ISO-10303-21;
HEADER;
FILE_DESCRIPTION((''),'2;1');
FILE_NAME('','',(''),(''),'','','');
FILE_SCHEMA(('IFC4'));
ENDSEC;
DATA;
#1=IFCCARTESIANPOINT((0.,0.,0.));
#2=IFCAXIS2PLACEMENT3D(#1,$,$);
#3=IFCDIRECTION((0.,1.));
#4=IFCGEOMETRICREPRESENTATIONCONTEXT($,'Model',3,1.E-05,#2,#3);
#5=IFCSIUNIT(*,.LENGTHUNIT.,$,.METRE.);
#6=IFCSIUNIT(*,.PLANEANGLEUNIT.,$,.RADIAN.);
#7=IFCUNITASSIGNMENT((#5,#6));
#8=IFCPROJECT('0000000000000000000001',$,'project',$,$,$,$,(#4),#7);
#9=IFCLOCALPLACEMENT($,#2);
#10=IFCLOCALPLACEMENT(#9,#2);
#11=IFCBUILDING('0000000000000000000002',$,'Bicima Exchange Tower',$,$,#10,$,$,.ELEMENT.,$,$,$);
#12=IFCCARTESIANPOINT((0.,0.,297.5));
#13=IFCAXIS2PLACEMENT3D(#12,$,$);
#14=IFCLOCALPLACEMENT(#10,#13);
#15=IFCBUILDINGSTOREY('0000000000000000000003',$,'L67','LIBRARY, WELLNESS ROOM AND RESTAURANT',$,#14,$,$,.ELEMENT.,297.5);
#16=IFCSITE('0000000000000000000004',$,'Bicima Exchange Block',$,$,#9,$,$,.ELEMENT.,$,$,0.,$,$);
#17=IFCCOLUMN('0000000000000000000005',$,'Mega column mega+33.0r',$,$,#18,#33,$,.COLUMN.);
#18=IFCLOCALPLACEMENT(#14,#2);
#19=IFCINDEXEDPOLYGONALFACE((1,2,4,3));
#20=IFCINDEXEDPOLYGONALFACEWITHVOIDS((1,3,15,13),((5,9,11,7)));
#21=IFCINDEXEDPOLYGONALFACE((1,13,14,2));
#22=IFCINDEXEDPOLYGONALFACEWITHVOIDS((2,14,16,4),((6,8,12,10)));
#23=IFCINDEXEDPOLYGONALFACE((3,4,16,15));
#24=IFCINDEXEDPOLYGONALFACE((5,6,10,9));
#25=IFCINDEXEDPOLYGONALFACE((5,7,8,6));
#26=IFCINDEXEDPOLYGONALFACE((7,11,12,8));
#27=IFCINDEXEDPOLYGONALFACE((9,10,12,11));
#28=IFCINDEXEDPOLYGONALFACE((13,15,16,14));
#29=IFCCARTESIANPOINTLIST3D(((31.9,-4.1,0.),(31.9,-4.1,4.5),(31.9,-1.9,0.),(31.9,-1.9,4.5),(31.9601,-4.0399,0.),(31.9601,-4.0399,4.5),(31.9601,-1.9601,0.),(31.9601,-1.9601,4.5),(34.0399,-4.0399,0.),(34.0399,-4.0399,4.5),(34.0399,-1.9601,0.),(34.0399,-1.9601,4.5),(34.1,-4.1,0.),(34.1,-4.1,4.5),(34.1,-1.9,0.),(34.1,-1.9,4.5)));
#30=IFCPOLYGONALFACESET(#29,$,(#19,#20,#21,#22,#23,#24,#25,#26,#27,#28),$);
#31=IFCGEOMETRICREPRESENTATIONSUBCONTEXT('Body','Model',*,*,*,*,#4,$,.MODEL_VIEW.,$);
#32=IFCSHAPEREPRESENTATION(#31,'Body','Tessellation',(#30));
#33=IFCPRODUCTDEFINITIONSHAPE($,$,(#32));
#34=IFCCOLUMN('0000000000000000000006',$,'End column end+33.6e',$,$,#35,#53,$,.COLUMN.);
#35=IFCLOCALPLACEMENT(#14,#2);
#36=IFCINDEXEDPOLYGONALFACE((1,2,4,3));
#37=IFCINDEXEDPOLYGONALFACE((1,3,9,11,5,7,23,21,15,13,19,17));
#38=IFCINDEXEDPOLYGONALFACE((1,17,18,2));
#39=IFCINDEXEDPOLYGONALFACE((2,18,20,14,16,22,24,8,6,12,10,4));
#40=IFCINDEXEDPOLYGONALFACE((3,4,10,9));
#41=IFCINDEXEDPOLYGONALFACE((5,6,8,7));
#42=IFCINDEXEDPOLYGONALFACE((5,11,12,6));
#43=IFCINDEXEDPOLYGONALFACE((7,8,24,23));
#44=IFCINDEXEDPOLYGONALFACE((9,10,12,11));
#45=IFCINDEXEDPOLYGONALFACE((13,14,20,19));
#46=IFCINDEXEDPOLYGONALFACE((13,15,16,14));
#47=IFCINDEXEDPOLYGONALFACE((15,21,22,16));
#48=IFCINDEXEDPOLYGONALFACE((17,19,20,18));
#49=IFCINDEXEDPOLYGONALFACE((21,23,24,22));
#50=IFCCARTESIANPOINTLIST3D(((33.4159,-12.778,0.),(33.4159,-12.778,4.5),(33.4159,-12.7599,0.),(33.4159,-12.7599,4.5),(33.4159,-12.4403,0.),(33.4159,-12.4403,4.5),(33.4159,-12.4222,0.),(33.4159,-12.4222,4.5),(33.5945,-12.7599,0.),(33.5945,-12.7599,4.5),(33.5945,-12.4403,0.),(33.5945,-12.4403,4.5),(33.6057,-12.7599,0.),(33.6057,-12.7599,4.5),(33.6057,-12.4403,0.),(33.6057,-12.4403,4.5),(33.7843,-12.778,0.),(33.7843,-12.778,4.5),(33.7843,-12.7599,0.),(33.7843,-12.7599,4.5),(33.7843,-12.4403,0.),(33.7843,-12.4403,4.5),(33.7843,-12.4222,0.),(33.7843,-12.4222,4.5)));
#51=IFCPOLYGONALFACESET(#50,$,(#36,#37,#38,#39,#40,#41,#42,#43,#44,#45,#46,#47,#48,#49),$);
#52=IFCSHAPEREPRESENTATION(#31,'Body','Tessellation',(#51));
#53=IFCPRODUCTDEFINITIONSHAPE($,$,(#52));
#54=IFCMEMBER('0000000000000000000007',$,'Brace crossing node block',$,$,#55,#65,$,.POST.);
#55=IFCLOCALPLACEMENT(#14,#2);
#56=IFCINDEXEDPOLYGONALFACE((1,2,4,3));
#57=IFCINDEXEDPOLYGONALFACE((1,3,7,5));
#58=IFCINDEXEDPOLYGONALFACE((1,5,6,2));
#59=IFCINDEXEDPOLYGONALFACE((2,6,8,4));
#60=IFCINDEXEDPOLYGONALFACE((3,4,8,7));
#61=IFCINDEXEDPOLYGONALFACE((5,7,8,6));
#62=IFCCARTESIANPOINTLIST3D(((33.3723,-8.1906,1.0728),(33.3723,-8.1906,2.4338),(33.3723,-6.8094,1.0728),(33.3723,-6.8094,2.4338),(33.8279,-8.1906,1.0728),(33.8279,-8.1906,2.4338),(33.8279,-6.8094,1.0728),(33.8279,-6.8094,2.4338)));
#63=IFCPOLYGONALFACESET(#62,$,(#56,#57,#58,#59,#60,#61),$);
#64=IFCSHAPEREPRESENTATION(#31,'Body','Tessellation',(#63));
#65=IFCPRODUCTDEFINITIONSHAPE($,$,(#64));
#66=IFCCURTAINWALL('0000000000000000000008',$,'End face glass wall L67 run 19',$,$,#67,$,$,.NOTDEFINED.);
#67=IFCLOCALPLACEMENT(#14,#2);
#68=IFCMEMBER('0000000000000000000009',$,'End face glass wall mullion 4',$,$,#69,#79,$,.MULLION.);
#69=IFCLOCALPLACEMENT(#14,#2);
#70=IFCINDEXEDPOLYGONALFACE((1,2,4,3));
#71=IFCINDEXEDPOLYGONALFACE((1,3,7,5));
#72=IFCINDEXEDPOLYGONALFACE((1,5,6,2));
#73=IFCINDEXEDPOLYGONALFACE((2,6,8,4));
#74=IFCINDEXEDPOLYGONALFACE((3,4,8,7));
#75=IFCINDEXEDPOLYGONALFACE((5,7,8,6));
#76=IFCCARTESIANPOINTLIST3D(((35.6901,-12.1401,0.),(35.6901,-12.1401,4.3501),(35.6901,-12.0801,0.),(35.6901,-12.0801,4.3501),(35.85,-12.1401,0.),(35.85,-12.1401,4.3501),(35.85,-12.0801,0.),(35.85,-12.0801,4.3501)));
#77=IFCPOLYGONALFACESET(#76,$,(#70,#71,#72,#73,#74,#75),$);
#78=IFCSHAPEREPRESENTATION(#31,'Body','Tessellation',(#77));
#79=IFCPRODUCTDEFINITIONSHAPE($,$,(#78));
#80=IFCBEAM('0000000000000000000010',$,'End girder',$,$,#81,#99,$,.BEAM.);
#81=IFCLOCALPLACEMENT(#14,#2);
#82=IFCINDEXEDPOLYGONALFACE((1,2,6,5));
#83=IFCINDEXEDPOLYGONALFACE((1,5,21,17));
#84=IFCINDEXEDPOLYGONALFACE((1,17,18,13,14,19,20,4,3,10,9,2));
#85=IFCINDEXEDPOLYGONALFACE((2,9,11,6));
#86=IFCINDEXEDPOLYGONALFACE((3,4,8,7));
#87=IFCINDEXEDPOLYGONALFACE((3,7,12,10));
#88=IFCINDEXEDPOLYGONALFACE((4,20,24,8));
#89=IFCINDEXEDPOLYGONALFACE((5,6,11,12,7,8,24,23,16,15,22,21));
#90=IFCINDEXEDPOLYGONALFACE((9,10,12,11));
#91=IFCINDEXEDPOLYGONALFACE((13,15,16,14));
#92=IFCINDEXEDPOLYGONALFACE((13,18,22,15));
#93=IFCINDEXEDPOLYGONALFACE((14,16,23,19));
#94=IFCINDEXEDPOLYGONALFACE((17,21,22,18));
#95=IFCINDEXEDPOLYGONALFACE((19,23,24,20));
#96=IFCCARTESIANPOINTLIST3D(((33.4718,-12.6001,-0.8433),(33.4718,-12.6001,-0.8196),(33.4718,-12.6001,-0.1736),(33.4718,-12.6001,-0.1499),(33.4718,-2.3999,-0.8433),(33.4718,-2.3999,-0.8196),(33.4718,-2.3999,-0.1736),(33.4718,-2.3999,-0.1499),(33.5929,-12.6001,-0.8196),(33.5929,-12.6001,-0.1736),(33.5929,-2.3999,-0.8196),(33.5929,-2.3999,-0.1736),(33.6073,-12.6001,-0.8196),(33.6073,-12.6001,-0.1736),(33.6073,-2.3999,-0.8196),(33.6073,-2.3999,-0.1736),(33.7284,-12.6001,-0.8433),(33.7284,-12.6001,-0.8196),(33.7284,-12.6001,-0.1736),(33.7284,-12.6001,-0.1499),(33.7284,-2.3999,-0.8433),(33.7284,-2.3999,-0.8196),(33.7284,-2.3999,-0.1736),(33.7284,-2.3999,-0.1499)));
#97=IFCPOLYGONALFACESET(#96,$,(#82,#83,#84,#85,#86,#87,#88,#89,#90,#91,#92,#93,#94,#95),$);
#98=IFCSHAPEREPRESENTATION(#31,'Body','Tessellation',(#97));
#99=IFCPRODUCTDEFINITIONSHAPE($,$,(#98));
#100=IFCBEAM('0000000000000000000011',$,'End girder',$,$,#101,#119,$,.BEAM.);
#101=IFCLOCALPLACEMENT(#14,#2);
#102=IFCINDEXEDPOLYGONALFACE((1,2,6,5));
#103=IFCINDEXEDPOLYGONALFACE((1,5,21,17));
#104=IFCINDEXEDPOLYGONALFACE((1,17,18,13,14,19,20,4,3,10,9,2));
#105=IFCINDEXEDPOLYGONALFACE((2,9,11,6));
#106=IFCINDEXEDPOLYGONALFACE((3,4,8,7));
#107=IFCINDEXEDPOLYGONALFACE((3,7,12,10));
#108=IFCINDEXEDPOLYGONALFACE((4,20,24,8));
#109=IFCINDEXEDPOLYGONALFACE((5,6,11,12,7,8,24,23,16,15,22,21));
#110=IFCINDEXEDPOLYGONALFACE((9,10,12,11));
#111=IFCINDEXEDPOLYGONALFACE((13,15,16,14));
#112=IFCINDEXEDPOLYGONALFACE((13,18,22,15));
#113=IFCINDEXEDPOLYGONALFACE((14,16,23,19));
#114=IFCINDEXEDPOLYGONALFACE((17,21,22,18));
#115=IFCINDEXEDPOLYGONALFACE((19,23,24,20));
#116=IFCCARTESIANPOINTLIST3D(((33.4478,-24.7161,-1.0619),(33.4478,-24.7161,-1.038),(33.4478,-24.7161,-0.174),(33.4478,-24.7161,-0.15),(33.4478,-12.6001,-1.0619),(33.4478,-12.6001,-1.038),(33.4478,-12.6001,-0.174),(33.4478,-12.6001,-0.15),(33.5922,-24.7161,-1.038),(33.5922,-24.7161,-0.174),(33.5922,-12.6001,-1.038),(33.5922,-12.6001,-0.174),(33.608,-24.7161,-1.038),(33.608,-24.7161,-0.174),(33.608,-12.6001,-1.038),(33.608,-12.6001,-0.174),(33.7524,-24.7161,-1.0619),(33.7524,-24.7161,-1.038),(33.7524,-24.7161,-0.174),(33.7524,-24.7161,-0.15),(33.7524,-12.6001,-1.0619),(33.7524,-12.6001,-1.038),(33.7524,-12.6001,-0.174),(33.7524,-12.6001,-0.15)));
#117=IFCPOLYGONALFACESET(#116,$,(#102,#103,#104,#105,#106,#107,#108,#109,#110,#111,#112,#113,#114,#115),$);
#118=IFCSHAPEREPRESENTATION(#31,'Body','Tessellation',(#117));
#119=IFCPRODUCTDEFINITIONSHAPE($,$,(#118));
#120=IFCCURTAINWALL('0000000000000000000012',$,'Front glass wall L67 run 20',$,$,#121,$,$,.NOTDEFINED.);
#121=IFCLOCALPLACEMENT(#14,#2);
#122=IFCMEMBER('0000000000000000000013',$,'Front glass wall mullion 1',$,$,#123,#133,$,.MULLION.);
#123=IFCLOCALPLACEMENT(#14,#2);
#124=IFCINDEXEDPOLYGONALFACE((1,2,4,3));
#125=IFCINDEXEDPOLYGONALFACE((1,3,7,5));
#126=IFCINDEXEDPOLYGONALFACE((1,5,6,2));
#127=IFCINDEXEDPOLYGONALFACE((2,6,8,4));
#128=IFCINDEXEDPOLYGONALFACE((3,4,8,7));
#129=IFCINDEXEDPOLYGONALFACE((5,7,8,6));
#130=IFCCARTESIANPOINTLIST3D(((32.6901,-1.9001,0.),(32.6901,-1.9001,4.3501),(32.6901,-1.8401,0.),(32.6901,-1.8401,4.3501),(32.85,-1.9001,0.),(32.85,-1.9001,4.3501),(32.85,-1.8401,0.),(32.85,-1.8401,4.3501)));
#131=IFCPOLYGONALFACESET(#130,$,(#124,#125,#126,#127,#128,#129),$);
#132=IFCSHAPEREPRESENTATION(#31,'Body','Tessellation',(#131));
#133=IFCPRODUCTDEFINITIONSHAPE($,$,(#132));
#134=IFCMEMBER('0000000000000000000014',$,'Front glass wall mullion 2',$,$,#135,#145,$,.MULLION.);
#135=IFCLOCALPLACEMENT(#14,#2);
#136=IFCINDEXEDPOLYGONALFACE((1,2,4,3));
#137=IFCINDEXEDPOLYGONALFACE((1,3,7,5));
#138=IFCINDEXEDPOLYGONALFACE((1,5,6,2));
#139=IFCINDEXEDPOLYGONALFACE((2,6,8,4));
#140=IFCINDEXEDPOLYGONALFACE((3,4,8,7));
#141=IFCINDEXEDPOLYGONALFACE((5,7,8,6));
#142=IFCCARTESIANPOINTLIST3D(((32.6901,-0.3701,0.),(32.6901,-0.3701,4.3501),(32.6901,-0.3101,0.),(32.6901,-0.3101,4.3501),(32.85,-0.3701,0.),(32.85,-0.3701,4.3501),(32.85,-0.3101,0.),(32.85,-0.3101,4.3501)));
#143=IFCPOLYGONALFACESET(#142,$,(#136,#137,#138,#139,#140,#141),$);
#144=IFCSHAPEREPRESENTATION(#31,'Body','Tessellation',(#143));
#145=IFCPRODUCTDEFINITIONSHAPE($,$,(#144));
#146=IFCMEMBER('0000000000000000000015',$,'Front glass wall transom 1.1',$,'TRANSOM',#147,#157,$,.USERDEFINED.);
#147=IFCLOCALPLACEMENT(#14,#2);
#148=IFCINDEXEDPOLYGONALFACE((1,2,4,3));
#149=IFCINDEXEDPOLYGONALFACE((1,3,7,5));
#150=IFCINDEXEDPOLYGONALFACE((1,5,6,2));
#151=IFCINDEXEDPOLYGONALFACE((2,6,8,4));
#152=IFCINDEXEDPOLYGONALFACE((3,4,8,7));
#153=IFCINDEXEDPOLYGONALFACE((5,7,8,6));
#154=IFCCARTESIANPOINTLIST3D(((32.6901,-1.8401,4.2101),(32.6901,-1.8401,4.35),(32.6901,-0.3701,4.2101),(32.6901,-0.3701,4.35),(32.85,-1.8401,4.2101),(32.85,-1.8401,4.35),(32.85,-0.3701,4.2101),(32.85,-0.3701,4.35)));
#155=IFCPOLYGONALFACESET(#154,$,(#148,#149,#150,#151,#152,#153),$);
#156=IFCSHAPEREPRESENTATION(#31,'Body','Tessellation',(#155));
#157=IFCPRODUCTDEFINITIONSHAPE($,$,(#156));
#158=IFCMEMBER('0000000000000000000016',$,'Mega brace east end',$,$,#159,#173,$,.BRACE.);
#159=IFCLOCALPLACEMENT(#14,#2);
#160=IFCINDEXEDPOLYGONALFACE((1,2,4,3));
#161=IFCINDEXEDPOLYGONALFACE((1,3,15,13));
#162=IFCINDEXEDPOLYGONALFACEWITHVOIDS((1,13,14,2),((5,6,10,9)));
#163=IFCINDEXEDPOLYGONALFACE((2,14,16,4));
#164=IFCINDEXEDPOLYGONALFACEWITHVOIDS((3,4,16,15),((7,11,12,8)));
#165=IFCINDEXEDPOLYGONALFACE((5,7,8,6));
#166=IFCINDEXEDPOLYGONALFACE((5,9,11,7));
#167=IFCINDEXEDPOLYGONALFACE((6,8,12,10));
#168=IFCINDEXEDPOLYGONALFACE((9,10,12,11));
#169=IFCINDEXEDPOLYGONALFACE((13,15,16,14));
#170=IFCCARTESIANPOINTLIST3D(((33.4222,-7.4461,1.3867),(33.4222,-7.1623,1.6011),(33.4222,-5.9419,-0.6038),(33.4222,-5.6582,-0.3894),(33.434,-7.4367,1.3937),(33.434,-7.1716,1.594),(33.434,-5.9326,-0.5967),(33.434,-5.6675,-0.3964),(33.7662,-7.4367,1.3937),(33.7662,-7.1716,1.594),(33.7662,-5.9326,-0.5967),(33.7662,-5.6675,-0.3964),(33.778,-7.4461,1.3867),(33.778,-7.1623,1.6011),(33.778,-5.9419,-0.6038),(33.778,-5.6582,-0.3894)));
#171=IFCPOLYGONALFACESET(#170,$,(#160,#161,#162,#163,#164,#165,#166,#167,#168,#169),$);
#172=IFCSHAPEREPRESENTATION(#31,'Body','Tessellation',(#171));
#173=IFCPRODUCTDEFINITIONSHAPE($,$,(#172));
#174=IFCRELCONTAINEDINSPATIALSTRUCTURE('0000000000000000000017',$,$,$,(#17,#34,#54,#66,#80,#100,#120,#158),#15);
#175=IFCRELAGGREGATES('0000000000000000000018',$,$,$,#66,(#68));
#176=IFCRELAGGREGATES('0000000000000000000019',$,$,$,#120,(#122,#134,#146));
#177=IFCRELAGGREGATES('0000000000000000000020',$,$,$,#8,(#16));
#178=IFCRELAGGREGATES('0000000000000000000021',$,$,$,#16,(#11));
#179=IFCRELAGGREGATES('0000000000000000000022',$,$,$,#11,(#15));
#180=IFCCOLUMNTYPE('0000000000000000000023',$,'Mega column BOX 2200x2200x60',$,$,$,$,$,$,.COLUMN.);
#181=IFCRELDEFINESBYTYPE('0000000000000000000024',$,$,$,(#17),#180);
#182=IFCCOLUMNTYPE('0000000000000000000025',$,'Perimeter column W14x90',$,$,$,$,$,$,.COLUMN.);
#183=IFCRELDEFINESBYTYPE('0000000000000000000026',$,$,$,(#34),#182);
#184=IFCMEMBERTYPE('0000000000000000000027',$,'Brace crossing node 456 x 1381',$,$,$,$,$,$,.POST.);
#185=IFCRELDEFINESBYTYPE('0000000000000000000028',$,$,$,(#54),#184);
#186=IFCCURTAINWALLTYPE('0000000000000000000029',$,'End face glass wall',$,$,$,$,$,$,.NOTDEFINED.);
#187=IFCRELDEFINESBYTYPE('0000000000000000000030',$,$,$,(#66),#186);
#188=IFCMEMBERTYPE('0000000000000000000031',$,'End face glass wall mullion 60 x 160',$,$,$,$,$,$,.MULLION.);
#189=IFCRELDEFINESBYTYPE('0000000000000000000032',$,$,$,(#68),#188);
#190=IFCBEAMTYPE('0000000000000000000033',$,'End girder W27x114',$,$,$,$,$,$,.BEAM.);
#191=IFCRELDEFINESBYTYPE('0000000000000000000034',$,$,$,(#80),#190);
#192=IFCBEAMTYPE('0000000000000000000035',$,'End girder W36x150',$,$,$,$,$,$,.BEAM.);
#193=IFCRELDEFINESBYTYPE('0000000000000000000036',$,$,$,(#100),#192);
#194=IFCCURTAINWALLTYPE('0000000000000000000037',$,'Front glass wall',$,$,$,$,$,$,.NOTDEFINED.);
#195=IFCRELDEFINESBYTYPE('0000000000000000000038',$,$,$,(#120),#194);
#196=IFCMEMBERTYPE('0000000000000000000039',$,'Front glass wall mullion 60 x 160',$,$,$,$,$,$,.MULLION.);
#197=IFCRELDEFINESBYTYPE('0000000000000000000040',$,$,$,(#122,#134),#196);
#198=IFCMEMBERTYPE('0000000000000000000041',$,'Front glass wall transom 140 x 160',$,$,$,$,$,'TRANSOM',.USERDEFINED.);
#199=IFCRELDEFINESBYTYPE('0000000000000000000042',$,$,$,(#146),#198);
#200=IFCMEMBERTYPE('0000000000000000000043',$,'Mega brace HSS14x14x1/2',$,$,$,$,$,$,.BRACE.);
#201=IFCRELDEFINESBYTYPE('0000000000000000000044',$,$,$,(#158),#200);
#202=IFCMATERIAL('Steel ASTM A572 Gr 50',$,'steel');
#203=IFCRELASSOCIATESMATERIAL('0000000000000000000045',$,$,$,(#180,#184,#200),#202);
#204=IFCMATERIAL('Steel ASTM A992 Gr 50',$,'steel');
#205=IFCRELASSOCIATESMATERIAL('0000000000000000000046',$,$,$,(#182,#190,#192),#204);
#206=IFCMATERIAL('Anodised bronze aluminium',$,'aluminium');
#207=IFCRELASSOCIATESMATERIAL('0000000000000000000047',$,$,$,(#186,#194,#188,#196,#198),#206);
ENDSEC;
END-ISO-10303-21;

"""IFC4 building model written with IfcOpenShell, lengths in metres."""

from ifc_helpers import new_model, si_unit, direction, frame, origin, origin_2d, place, context, subcontext, project, spatial, rectangle, hollow_rectangle, i_section, extrude, material, material_profile, profile_set, type_object, element, aggregate, save


model = new_model("IFC4")

# Units and contexts
model_context = context("Model", 3, precision=1e-05, world=origin(), true_north=direction((0.0, 1.0)))
body_context = subcontext(model_context, "Body", "Model", "MODEL_VIEW")
ifc_project = project(units=[si_unit("LENGTHUNIT", "METRE"), si_unit("PLANEANGLEUNIT", "RADIAN")], contexts=[model_context])

# Site, building, storey
site_placement = place(None, origin())
site = spatial("IfcSite", under=ifc_project, at=site_placement, Name="Bicima Exchange Block", CompositionType="ELEMENT", RefElevation=0.0)
building_placement = place(site_placement, origin())
building = spatial("IfcBuilding", under=site, at=building_placement, Name="Bicima Exchange Tower", CompositionType="ELEMENT")
storey_placement = place(building_placement, frame((0.0, 0.0, 297.5)))
storey = spatial("IfcBuildingStorey", under=building, at=storey_placement, Name="L67", Description="LIBRARY, WELLNESS ROOM AND RESTAURANT", CompositionType="ELEMENT", Elevation=297.5)

# Columns
ifc_material_1 = material(Name="Steel ASTM A572 Gr 50", Category="steel")
ifc_material_profile_1 = material_profile(ifc_material_1, hollow_rectangle(XDim=2.2, YDim=2.2, WallThickness=0.0601, at=origin_2d()))
ifc_profile_set_1 = profile_set([ifc_material_profile_1], Name="Steel ASTM A572 Gr 50")
column_type_1 = type_object("IfcColumnType", Name="Mega column BOX 2200x2200x60", PredefinedType="COLUMN", material=ifc_profile_set_1)
column_1_placement = place(storey_placement, frame((33.0, -3.0, 0.0), z_axis=(0.0, 0.0, 1.0), x_axis=(1.0, 0.0, 0.0)))
element("IfcColumn", 1, at=column_1_placement, inside=storey, type_object=column_type_1, Name="Mega column mega+33.0r", PredefinedType="COLUMN", context=body_context, shape_type="SweptSolid", body=[
    extrude(hollow_rectangle(XDim=2.2, YDim=2.2, WallThickness=0.0601, at=origin_2d()), origin(), (0.0, 0.0, 1.0), 4.5),
])
ifc_material_2 = material(Name="Steel ASTM A992 Gr 50", Category="steel")
ifc_material_profile_2 = material_profile(ifc_material_2, i_section(OverallWidth=0.3684, OverallDepth=0.3557, WebThickness=0.0112, FlangeThickness=0.0181, at=origin_2d()))
ifc_profile_set_2 = profile_set([ifc_material_profile_2], Name="Steel ASTM A992 Gr 50")
column_type_2 = type_object("IfcColumnType", Name="Perimeter column W14x90", PredefinedType="COLUMN", material=ifc_profile_set_2)
column_2_placement = place(storey_placement, frame((33.6001, -12.6001, 0.0), z_axis=(0.0, 0.0, 1.0), x_axis=(1.0, 0.0, 0.0)))
element("IfcColumn", 2, at=column_2_placement, inside=storey, type_object=column_type_2, Name="End column end+33.6e", PredefinedType="COLUMN", context=body_context, shape_type="SweptSolid", body=[
    extrude(i_section(OverallWidth=0.3684, OverallDepth=0.3557, WebThickness=0.0112, FlangeThickness=0.0181, at=origin_2d()), origin(), (0.0, 0.0, 1.0), 4.5),
])

# Member
ifc_material_profile_3 = material_profile(ifc_material_1, rectangle(XDim=0.4556, YDim=1.3811, at=origin_2d()))
ifc_profile_set_3 = profile_set([ifc_material_profile_3], Name="Steel ASTM A572 Gr 50")
member_type_1 = type_object("IfcMemberType", Name="Brace crossing node 456 x 1381", PredefinedType="POST", material=ifc_profile_set_3)
member_1_placement = place(storey_placement, frame((33.6001, -7.5, 1.0728), z_axis=(0.0, 0.0, 1.0), x_axis=(1.0, 0.0, 0.0)))
element("IfcMember", 3, at=member_1_placement, inside=storey, type_object=member_type_1, Name="Brace crossing node block", PredefinedType="POST", context=body_context, shape_type="SweptSolid", body=[
    extrude(rectangle(XDim=0.4556, YDim=1.3811, at=origin_2d()), origin(), (0.0, 0.0, 1.0), 1.3611),
])

# Curtain wall, member
ifc_material_3 = material(Name="Anodised bronze aluminium", Category="aluminium")
curtain_wall_type_1 = type_object("IfcCurtainWallType", Name="End face glass wall", PredefinedType="NOTDEFINED", material=ifc_material_3)
curtain_wall_1_placement = place(storey_placement, origin())
curtain_wall_1 = element("IfcCurtainWall", 4, at=curtain_wall_1_placement, inside=storey, type_object=curtain_wall_type_1, Name="End face glass wall L67 run 19", PredefinedType="NOTDEFINED")
ifc_material_profile_4 = material_profile(ifc_material_3, rectangle(XDim=0.1599, YDim=0.0601, at=origin_2d()))
ifc_profile_set_4 = profile_set([ifc_material_profile_4], Name="Anodised bronze aluminium")
member_type_2 = type_object("IfcMemberType", Name="End face glass wall mullion 60 x 160", PredefinedType="MULLION", material=ifc_profile_set_4)
member_2_placement = place(storey_placement, frame((35.77, -12.1101, 0.0), z_axis=(0.0, 0.0, 1.0), x_axis=(-1.0, 0.0, 0.0)))
member_2 = element("IfcMember", 5, at=member_2_placement, type_object=member_type_2, Name="End face glass wall mullion 4", PredefinedType="MULLION", context=body_context, shape_type="SweptSolid", body=[
    extrude(rectangle(XDim=0.1599, YDim=0.0601, at=origin_2d()), origin(), (0.0, 0.0, 1.0), 4.3501),
])
aggregate(curtain_wall_1, [member_2])

# Beams
ifc_material_profile_5 = material_profile(ifc_material_2, i_section(OverallWidth=0.2566, OverallDepth=0.6934, WebThickness=0.0144, FlangeThickness=0.0237, at=origin_2d()))
ifc_profile_set_5 = profile_set([ifc_material_profile_5], Name="Steel ASTM A992 Gr 50")
beam_type_1 = type_object("IfcBeamType", Name="End girder W27x114", PredefinedType="BEAM", material=ifc_profile_set_5)
beam_1_placement = place(storey_placement, frame((33.6001, -2.3999, -0.4966), z_axis=(0.0, -1.0, 0.0), x_axis=(1.0, 0.0, 0.0)))
element("IfcBeam", 6, at=beam_1_placement, inside=storey, type_object=beam_type_1, Name="End girder", PredefinedType="BEAM", context=body_context, shape_type="SweptSolid", body=[
    extrude(i_section(OverallWidth=0.2566, OverallDepth=0.6934, WebThickness=0.0144, FlangeThickness=0.0237, at=origin_2d()), origin(), (0.0, 0.0, 1.0), 10.2002),
])
ifc_material_profile_6 = material_profile(ifc_material_2, i_section(OverallWidth=0.3047, OverallDepth=0.9119, WebThickness=0.0159, FlangeThickness=0.0239, at=origin_2d()))
ifc_profile_set_6 = profile_set([ifc_material_profile_6], Name="Steel ASTM A992 Gr 50")
beam_type_2 = type_object("IfcBeamType", Name="End girder W36x150", PredefinedType="BEAM", material=ifc_profile_set_6)
beam_2_placement = place(storey_placement, frame((33.6001, -12.6001, -0.606), z_axis=(0.0, -1.0, 0.0), x_axis=(1.0, 0.0, 0.0)))
element("IfcBeam", 7, at=beam_2_placement, inside=storey, type_object=beam_type_2, Name="End girder", PredefinedType="BEAM", context=body_context, shape_type="SweptSolid", body=[
    extrude(i_section(OverallWidth=0.3047, OverallDepth=0.9119, WebThickness=0.0159, FlangeThickness=0.0239, at=origin_2d()), origin(), (0.0, 0.0, 1.0), 12.116),
])

# Curtain wall, members
curtain_wall_type_2 = type_object("IfcCurtainWallType", Name="Front glass wall", PredefinedType="NOTDEFINED", material=ifc_material_3)
curtain_wall_2_placement = place(storey_placement, origin())
curtain_wall_2 = element("IfcCurtainWall", 8, at=curtain_wall_2_placement, inside=storey, type_object=curtain_wall_type_2, Name="Front glass wall L67 run 20", PredefinedType="NOTDEFINED")
member_type_3 = type_object("IfcMemberType", Name="Front glass wall mullion 60 x 160", PredefinedType="MULLION", material=ifc_profile_set_4)
member_3_placement = place(storey_placement, frame((32.77, -1.8701, 0.0), z_axis=(0.0, 0.0, 1.0), x_axis=(-1.0, 0.0, 0.0)))
member_3 = element("IfcMember", 9, at=member_3_placement, type_object=member_type_3, Name="Front glass wall mullion 1", PredefinedType="MULLION", context=body_context, shape_type="SweptSolid", body=[
    extrude(rectangle(XDim=0.1599, YDim=0.0601, at=origin_2d()), origin(), (0.0, 0.0, 1.0), 4.3501),
])
member_4_placement = place(storey_placement, frame((32.77, -0.3401, 0.0), z_axis=(0.0, 0.0, 1.0), x_axis=(-1.0, 0.0, 0.0)))
member_4 = element("IfcMember", 10, at=member_4_placement, type_object=member_type_3, Name="Front glass wall mullion 2", PredefinedType="MULLION", context=body_context, shape_type="SweptSolid", body=[
    extrude(rectangle(XDim=0.1599, YDim=0.0601, at=origin_2d()), origin(), (0.0, 0.0, 1.0), 4.3501),
])
ifc_material_profile_7 = material_profile(ifc_material_3, rectangle(XDim=0.1599, YDim=0.1399, at=origin_2d()))
ifc_profile_set_7 = profile_set([ifc_material_profile_7], Name="Anodised bronze aluminium")
member_type_4 = type_object("IfcMemberType", Name="Front glass wall transom 140 x 160", ElementType="TRANSOM", PredefinedType="USERDEFINED", material=ifc_profile_set_7)
member_5_placement = place(storey_placement, frame((32.77, -1.8401, 4.28), z_axis=(0.0, 1.0, 0.0), x_axis=(-1.0, 0.0, 0.0)))
member_5 = element("IfcMember", 11, at=member_5_placement, type_object=member_type_4, Name="Front glass wall transom 1.1", ObjectType="TRANSOM", PredefinedType="USERDEFINED", context=body_context, shape_type="SweptSolid", body=[
    extrude(rectangle(XDim=0.1599, YDim=0.1399, at=origin_2d()), origin(), (0.0, 0.0, 1.0), 1.47),
])

# Member
ifc_material_profile_8 = material_profile(ifc_material_1, hollow_rectangle(XDim=0.3557, YDim=0.3557, WallThickness=0.0117, at=origin_2d()))
ifc_profile_set_8 = profile_set([ifc_material_profile_8], Name="Steel ASTM A572 Gr 50")
member_type_5 = type_object("IfcMemberType", Name="Mega brace HSS14x14x1/2", PredefinedType="BRACE", material=ifc_profile_set_8)
member_6_placement = place(storey_placement, frame((33.6001, -5.8, -0.4966), z_axis=(0.0, -0.602893, 0.797822), x_axis=(1.0, 0.0, 0.0)))
element("IfcMember", 12, at=member_6_placement, inside=storey, type_object=member_type_5, Name="Mega brace east end", PredefinedType="BRACE", context=body_context, shape_type="SweptSolid", body=[
    extrude(hollow_rectangle(XDim=0.3557, YDim=0.3557, WallThickness=0.0117, at=origin_2d()), origin(), (0.0, 0.0, 1.0), 2.4949),
])

aggregate(curtain_wall_2, [member_3, member_4, member_5])

save(model, "model.ifc")
